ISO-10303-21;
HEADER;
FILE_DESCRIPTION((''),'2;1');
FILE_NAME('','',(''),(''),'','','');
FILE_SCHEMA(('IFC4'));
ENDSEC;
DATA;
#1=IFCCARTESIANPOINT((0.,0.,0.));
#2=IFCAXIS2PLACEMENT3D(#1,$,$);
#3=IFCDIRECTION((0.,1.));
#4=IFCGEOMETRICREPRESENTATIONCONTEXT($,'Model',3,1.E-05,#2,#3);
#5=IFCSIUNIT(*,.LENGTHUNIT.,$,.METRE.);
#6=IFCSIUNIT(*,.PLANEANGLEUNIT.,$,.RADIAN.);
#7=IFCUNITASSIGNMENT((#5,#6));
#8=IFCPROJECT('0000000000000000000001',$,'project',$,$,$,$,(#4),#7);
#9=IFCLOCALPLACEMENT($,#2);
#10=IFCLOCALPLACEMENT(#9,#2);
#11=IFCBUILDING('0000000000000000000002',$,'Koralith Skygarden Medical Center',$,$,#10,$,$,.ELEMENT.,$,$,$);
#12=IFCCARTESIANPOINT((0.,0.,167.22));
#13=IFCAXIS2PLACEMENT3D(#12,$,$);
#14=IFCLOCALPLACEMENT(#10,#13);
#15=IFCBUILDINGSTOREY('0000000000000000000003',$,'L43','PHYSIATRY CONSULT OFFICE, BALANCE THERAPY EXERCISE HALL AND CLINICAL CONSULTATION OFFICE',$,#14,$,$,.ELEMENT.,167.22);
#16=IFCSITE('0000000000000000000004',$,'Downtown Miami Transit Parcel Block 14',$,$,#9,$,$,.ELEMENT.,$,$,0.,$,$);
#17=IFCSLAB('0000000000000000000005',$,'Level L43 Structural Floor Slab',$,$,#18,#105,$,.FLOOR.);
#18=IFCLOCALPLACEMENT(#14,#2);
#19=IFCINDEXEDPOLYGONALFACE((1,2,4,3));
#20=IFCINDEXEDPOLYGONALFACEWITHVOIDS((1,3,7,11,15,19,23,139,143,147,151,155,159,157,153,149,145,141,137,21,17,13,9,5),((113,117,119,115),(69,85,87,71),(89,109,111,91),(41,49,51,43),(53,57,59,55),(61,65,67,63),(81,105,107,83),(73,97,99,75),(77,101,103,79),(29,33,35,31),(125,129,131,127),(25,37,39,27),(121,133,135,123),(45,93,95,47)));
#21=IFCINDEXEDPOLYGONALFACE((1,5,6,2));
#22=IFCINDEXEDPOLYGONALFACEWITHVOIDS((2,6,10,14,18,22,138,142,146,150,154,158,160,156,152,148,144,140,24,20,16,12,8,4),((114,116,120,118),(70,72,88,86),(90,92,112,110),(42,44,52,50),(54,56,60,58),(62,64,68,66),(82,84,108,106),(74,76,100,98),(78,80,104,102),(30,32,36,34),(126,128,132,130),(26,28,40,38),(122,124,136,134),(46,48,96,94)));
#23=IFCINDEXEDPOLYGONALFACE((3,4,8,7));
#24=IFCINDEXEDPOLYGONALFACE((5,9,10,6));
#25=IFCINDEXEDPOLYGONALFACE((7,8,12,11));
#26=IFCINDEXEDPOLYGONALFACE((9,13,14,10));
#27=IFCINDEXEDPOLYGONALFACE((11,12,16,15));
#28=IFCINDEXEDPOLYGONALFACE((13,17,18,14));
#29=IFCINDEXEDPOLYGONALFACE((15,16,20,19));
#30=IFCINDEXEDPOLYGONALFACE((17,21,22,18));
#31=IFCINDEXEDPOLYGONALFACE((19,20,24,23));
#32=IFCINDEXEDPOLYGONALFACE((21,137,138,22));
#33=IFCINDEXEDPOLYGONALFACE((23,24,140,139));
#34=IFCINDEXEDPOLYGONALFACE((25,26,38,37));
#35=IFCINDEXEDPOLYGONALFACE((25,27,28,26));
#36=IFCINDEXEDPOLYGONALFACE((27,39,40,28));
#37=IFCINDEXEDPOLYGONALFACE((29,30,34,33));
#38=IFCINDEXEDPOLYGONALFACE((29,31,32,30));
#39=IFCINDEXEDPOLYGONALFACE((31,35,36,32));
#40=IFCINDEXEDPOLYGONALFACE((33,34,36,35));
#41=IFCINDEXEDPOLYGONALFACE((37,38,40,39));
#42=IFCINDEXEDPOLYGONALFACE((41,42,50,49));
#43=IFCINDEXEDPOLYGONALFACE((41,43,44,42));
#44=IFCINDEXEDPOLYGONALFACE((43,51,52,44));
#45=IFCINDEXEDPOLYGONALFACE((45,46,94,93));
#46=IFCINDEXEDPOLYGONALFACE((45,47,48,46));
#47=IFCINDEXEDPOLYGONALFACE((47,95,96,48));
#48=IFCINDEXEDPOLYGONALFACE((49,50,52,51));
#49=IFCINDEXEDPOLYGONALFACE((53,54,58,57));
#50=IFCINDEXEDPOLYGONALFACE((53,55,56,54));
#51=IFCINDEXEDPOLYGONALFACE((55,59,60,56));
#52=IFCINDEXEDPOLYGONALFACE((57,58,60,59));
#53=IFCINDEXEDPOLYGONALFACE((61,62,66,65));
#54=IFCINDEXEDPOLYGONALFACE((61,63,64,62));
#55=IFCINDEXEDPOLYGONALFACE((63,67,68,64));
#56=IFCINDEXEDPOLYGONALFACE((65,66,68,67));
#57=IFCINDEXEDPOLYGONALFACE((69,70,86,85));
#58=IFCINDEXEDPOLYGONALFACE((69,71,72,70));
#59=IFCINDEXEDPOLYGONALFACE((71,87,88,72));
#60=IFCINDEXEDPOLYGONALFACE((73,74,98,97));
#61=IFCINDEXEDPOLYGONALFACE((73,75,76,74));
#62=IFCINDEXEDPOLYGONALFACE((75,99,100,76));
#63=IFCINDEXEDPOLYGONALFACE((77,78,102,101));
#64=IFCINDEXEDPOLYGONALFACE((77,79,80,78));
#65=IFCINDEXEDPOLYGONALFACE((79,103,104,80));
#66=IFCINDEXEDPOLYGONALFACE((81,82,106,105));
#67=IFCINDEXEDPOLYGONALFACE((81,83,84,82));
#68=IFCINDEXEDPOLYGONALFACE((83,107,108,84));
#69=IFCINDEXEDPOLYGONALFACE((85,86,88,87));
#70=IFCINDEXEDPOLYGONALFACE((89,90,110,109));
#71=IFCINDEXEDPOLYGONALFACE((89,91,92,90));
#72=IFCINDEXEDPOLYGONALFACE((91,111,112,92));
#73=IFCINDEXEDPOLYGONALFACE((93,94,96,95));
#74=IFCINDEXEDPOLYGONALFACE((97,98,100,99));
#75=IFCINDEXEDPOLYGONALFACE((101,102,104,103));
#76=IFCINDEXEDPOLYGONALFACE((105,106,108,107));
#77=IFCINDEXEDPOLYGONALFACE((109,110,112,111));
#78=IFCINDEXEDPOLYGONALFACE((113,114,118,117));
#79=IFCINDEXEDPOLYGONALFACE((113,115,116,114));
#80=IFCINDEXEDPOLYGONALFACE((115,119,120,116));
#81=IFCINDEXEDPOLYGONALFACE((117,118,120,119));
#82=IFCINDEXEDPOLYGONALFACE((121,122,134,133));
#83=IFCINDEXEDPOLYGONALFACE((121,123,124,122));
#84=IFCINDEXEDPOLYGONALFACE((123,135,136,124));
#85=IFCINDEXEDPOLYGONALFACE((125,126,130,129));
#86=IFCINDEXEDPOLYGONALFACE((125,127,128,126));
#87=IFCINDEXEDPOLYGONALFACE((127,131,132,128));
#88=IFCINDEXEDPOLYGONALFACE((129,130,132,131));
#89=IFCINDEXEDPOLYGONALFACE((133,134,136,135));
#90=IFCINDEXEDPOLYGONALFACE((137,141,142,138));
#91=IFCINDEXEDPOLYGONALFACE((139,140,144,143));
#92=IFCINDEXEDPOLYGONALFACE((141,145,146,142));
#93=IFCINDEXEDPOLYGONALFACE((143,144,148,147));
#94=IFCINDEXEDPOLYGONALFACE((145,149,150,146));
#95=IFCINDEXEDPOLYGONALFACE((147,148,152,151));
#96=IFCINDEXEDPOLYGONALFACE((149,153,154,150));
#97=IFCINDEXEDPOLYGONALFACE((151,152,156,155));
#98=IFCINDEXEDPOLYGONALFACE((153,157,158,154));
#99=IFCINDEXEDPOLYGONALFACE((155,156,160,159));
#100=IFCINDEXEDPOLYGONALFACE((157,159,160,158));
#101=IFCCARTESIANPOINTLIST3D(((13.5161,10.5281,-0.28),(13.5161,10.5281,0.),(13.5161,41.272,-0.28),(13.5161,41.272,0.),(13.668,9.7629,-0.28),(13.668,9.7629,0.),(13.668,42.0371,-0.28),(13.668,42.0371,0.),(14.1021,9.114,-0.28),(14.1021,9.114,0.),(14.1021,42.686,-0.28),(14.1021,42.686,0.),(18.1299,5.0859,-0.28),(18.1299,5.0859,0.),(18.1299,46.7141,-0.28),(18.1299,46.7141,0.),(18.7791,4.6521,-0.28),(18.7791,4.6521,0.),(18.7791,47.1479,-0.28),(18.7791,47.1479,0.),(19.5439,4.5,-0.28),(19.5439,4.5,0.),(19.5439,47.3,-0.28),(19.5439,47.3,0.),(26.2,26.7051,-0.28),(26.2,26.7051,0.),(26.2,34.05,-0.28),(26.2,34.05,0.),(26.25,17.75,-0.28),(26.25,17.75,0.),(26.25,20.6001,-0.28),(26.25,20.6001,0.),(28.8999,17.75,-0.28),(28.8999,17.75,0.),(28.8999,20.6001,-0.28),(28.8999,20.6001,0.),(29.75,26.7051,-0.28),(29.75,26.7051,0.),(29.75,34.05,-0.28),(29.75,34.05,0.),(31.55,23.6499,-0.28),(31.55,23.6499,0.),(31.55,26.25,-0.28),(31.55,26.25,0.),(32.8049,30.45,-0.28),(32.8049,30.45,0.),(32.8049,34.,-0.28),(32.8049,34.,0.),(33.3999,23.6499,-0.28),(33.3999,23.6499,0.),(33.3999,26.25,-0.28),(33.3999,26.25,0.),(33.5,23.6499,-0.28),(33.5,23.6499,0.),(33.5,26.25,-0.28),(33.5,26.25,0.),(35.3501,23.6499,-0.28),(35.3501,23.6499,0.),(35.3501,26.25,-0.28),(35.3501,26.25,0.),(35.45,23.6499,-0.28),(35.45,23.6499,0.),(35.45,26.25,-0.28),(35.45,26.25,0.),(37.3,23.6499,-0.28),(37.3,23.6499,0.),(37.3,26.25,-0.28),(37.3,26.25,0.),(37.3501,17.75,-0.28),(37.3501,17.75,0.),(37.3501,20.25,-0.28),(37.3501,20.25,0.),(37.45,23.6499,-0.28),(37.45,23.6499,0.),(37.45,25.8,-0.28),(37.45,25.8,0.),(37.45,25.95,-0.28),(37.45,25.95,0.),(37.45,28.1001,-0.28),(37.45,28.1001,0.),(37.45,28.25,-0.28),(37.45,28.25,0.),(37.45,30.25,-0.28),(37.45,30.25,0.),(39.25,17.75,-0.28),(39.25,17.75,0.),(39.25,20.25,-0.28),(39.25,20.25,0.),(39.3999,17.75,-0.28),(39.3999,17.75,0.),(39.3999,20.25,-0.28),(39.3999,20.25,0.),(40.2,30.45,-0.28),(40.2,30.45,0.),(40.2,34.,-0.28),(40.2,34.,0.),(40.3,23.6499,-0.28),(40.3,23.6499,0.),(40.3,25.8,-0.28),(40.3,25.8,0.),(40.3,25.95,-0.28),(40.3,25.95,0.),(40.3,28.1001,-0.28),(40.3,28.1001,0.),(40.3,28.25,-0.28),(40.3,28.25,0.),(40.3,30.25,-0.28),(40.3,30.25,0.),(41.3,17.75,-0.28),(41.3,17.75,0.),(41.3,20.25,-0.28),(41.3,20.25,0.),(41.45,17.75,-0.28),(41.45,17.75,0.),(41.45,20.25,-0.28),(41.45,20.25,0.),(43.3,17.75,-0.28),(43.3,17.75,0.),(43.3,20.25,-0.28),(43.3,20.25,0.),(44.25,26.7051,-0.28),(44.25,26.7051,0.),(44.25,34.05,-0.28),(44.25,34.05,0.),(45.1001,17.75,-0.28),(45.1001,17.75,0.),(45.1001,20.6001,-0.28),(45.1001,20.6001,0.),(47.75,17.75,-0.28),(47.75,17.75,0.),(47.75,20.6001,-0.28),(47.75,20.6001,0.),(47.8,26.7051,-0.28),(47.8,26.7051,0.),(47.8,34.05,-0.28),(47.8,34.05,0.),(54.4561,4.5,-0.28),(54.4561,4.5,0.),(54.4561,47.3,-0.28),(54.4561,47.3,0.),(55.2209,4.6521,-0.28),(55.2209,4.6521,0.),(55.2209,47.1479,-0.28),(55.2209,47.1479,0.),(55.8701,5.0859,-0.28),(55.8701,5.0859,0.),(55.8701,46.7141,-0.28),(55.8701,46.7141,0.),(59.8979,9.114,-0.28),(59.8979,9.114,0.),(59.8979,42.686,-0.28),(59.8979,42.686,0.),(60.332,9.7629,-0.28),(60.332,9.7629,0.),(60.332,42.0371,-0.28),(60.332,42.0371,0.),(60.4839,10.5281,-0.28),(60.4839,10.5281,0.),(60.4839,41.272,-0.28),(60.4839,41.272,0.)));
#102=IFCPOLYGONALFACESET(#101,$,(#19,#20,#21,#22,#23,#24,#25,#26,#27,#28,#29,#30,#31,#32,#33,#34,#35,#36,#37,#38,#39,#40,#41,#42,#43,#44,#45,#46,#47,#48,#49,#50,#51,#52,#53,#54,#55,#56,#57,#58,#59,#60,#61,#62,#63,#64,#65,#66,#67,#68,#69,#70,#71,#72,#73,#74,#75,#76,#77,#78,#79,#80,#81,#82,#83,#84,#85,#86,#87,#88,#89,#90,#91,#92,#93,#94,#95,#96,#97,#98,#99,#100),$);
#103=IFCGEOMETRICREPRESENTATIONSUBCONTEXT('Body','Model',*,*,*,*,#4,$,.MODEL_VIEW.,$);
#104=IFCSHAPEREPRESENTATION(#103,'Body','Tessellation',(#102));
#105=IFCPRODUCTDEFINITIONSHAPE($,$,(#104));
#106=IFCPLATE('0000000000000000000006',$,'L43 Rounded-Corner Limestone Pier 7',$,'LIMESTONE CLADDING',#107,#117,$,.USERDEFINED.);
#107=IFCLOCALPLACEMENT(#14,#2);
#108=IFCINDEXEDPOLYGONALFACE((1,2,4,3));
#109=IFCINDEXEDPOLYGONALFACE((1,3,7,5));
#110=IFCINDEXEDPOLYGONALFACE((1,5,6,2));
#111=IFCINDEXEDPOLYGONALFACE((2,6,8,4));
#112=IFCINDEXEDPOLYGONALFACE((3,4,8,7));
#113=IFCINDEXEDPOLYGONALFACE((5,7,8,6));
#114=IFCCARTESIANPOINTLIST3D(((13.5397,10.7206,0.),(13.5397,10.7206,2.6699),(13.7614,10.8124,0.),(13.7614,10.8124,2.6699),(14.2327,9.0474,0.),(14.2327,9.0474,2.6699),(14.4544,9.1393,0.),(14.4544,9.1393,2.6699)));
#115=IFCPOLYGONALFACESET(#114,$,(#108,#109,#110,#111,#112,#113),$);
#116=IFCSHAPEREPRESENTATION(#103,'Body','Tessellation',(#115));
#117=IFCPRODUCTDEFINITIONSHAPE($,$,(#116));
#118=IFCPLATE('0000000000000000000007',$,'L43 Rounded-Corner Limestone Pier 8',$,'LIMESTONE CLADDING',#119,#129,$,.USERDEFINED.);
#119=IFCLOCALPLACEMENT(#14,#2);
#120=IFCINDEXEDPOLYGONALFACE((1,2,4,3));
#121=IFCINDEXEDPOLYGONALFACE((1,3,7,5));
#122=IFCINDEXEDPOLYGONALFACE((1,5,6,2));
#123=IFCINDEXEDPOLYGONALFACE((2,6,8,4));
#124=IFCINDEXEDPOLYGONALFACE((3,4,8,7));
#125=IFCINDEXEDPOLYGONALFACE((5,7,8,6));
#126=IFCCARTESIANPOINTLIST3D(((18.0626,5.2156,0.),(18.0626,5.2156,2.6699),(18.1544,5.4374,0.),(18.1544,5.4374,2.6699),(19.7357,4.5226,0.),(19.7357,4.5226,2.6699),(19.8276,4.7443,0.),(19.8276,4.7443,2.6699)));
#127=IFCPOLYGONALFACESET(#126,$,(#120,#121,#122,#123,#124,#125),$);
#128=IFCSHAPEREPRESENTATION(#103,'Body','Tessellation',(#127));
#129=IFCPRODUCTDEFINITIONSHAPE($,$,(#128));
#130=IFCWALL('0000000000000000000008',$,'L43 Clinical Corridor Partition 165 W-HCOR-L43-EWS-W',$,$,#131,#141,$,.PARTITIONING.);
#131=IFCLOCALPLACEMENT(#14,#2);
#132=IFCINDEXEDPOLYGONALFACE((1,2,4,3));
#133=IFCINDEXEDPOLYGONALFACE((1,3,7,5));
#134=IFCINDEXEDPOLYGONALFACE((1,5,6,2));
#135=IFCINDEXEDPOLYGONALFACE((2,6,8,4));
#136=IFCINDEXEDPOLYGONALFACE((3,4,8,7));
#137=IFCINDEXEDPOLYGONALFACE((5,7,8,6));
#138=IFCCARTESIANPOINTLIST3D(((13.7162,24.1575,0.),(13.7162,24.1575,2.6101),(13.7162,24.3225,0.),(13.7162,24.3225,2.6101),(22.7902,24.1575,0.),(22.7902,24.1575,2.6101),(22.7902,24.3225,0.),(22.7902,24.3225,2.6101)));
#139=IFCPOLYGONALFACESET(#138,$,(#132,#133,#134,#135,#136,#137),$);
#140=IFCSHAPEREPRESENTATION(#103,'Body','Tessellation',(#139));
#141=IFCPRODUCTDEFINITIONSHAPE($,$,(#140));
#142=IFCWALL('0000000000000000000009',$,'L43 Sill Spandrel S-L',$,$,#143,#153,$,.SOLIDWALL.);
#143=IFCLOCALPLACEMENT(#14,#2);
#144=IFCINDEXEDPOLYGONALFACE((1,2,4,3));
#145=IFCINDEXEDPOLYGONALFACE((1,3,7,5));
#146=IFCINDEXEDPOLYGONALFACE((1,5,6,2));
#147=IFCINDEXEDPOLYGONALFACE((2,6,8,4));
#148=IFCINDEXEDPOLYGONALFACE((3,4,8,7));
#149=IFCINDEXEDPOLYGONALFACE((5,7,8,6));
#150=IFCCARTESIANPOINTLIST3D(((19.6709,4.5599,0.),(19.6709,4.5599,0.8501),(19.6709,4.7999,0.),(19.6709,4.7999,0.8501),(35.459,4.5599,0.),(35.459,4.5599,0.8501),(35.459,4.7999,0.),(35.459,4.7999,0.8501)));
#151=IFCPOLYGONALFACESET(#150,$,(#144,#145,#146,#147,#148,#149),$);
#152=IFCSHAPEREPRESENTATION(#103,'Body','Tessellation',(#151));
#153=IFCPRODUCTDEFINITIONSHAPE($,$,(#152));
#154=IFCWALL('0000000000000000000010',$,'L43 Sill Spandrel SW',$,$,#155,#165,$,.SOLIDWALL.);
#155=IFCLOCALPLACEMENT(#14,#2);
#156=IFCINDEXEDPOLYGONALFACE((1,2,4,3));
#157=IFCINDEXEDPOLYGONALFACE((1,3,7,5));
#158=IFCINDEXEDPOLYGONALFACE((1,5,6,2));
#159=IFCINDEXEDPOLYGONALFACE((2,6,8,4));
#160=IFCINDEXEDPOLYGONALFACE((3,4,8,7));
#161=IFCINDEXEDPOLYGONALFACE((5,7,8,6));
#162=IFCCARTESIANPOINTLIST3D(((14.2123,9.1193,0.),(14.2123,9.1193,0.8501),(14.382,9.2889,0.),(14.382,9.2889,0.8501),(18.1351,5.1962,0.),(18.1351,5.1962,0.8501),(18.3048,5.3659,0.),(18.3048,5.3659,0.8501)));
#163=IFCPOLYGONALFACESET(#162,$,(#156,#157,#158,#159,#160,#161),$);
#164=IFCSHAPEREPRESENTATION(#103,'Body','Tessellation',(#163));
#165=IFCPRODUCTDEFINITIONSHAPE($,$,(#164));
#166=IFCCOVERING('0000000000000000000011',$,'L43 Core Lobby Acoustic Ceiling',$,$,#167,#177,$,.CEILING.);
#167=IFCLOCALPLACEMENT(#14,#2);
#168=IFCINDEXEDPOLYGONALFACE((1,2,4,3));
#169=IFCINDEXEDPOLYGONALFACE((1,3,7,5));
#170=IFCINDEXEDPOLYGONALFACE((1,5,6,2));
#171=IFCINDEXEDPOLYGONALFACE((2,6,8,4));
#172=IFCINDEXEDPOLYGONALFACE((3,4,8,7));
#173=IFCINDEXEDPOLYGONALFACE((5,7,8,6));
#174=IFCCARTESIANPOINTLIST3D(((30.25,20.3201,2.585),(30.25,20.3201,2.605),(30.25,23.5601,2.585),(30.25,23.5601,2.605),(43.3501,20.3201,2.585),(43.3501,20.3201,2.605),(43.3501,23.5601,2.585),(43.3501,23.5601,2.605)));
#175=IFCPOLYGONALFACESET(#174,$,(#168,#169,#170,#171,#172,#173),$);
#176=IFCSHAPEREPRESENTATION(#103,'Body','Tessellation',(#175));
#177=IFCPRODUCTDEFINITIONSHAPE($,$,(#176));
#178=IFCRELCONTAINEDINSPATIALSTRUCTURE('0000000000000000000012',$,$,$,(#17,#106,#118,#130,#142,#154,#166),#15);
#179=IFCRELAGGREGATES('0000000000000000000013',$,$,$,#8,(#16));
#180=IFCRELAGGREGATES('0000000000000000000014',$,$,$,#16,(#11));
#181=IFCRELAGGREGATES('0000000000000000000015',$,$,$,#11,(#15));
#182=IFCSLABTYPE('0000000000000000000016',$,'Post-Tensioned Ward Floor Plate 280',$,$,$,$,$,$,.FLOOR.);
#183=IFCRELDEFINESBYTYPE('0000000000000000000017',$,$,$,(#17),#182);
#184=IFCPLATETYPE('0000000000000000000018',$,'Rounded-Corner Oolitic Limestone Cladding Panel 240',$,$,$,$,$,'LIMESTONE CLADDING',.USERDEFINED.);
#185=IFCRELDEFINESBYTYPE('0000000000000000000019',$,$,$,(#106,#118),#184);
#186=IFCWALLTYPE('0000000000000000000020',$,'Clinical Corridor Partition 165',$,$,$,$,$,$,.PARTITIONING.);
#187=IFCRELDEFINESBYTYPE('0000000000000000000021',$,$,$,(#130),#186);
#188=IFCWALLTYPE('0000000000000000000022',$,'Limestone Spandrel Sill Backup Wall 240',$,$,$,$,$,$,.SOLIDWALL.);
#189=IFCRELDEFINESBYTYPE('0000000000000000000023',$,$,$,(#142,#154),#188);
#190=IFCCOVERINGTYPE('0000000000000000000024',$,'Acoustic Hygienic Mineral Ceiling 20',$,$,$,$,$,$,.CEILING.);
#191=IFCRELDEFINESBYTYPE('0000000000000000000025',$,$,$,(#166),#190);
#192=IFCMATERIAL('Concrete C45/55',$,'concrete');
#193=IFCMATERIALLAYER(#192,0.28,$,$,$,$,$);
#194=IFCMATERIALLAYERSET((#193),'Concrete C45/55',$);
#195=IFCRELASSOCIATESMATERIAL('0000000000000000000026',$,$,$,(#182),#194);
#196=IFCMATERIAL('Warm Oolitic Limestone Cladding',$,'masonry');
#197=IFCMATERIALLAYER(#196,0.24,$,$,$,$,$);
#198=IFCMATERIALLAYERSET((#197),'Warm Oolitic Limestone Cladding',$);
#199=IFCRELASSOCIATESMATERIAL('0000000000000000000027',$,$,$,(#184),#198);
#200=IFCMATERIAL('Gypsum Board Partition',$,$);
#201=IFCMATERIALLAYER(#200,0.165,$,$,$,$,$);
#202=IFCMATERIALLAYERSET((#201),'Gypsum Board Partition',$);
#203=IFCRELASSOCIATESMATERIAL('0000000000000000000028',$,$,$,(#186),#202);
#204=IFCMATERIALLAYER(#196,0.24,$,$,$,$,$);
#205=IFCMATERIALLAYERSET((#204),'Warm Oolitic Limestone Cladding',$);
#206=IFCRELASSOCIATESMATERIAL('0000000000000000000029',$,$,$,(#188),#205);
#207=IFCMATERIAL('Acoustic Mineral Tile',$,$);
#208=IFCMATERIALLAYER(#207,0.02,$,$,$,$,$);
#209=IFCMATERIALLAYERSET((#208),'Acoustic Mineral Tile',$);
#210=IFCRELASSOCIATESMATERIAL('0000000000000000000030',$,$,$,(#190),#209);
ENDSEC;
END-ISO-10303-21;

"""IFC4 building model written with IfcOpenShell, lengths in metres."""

from ifc_helpers import new_model, si_unit, direction, frame, frame_2d, origin, origin_2d, place, context, subcontext, project, spatial, polyline, rectangle, outline, extrude, material, layer, layer_set, type_object, element, save


model = new_model("IFC4")

# Units and contexts
model_context = context("Model", 3, precision=1e-05, world=origin(), true_north=direction((0.0, 1.0)))
body_context = subcontext(model_context, "Body", "Model", "MODEL_VIEW")
ifc_project = project(units=[si_unit("LENGTHUNIT", "METRE"), si_unit("PLANEANGLEUNIT", "RADIAN")], contexts=[model_context])

# Site, building, storey
site_placement = place(None, origin())
site = spatial("IfcSite", under=ifc_project, at=site_placement, Name="Downtown Miami Transit Parcel Block 14", CompositionType="ELEMENT", RefElevation=0.0)
building_placement = place(site_placement, origin())
building = spatial("IfcBuilding", under=site, at=building_placement, Name="Koralith Skygarden Medical Center", CompositionType="ELEMENT")
storey_placement = place(building_placement, frame((0.0, 0.0, 167.22)))
storey = spatial("IfcBuildingStorey", under=building, at=storey_placement, Name="L43", Description="PHYSIATRY CONSULT OFFICE, BALANCE THERAPY EXERCISE HALL AND CLINICAL CONSULTATION OFFICE", CompositionType="ELEMENT", Elevation=167.22)

# Shared definitions
ifc_material_1 = material(Name="Concrete C45/55", Category="concrete")

# Slab
ifc_layer_1 = layer(ifc_material_1, 0.28)
ifc_layer_set_1 = layer_set([ifc_layer_1], Name="Concrete C45/55")
slab_type_1 = type_object("IfcSlabType", Name="Post-Tensioned Ward Floor Plate 280", PredefinedType="FLOOR", material=ifc_layer_set_1)
slab_1_placement = place(storey_placement, frame((0.0, 0.0, -0.28)))
element("IfcSlab", 1, at=slab_1_placement, inside=storey, type_object=slab_type_1, Name="Level L43 Structural Floor Slab", PredefinedType="FLOOR", context=body_context, shape_type="SweptSolid", body=[
    extrude(outline(polyline([(18.1299, 5.0859), (18.7791, 4.6521), (19.5439, 4.5), (54.4561, 4.5), (55.2209, 4.6521), (55.8701, 5.0859), (59.8979, 9.114), (60.332, 9.7629), (60.4839, 10.5281), (60.4839, 41.272), (60.332, 42.0371), (59.8979, 42.686), (55.8701, 46.7141), (55.2209, 47.1479), (54.4561, 47.3), (19.5439, 47.3), (18.7791, 47.1479), (18.1299, 46.7141), (14.1021, 42.686), (13.668, 42.0371), (13.5161, 41.272), (13.5161, 10.5281), (13.668, 9.7629), (14.1021, 9.114), (18.1299, 5.0859)]), holes=[polyline([(26.2, 26.7051), (29.75, 26.7051), (29.75, 34.05), (26.2, 34.05), (26.2, 26.7051)]), polyline([(44.25, 26.7051), (47.8, 26.7051), (47.8, 34.05), (44.25, 34.05), (44.25, 26.7051)]), polyline([(32.8049, 30.45), (40.2, 30.45), (40.2, 34.0), (32.8049, 34.0), (32.8049, 30.45)]), polyline([(26.25, 17.75), (28.8999, 17.75), (28.8999, 20.6001), (26.25, 20.6001), (26.25, 17.75)]), polyline([(45.1001, 17.75), (47.75, 17.75), (47.75, 20.6001), (45.1001, 20.6001), (45.1001, 17.75)]), polyline([(37.3501, 17.75), (39.25, 17.75), (39.25, 20.25), (37.3501, 20.25), (37.3501, 17.75)]), polyline([(39.3999, 17.75), (41.3, 17.75), (41.3, 20.25), (39.3999, 20.25), (39.3999, 17.75)]), polyline([(41.45, 17.75), (43.3, 17.75), (43.3, 20.25), (41.45, 20.25), (41.45, 17.75)]), polyline([(31.55, 23.6499), (33.3999, 23.6499), (33.3999, 26.25), (31.55, 26.25), (31.55, 23.6499)]), polyline([(33.5, 23.6499), (35.3501, 23.6499), (35.3501, 26.25), (33.5, 26.25), (33.5, 23.6499)]), polyline([(35.45, 23.6499), (37.3, 23.6499), (37.3, 26.25), (35.45, 26.25), (35.45, 23.6499)]), polyline([(37.45, 23.6499), (40.3, 23.6499), (40.3, 25.8), (37.45, 25.8), (37.45, 23.6499)]), polyline([(37.45, 25.95), (40.3, 25.95), (40.3, 28.1001), (37.45, 28.1001), (37.45, 25.95)]), polyline([(37.45, 28.25), (40.3, 28.25), (40.3, 30.25), (37.45, 30.25), (37.45, 28.25)])]), origin(), (0.0, 0.0, 1.0), 0.28),
])

# Plates
ifc_material_2 = material(Name="Warm Oolitic Limestone Cladding", Category="masonry")
ifc_layer_2 = layer(ifc_material_2, 0.24)
ifc_layer_set_2 = layer_set([ifc_layer_2], Name="Warm Oolitic Limestone Cladding")
plate_type_1 = type_object("IfcPlateType", Name="Rounded-Corner Oolitic Limestone Cladding Panel 240", ElementType="LIMESTONE CLADDING", PredefinedType="USERDEFINED", material=ifc_layer_set_2)
for number, where, z_axis, x_axis, name in (
    (2, (13.9971, 9.9299, 0.0), (0.0, 0.0, 1.0), (0.382671, -0.923885, 0.0), "L43 Rounded-Corner Limestone Pier 7"),
    (3, (18.9451, 4.98, 0.0), (0.0, 0.0, 1.0), (0.923885, -0.382671, 0.0), "L43 Rounded-Corner Limestone Pier 8"),
):
    element("IfcPlate", number, at=place(storey_placement, frame(where, z_axis=z_axis, x_axis=x_axis)), inside=storey, type_object=plate_type_1, Name=name, ObjectType="LIMESTONE CLADDING", PredefinedType="USERDEFINED", context=body_context, shape_type="SweptSolid", body=[
        extrude(rectangle(XDim=1.811, YDim=0.24, at=origin_2d()), origin(), (0.0, 0.0, 1.0), 2.6699),
    ])

# Walls
ifc_material_3 = material(Name="Gypsum Board Partition")
ifc_layer_3 = layer(ifc_material_3, 0.165)
ifc_layer_set_3 = layer_set([ifc_layer_3], Name="Gypsum Board Partition")
wall_type_1 = type_object("IfcWallType", Name="Clinical Corridor Partition 165", PredefinedType="PARTITIONING", material=ifc_layer_set_3)
wall_1_placement = place(storey_placement, frame((13.7161, 24.24, 0.0), z_axis=(0.0, 0.0, 1.0), x_axis=(1.0, 0.0, 0.0)))
element("IfcWall", 4, at=wall_1_placement, inside=storey, type_object=wall_type_1, Name="L43 Clinical Corridor Partition 165 W-HCOR-L43-EWS-W", PredefinedType="PARTITIONING", context=body_context, shape_type="SweptSolid", body=[
    extrude(rectangle(XDim=9.074, YDim=0.165, at=frame_2d((4.5371, 0.0))), origin(), (0.0, 0.0, 1.0), 2.6101),
])
ifc_layer_4 = layer(ifc_material_2, 0.24)
ifc_layer_set_4 = layer_set([ifc_layer_4], Name="Warm Oolitic Limestone Cladding")
wall_type_2 = type_object("IfcWallType", Name="Limestone Spandrel Sill Backup Wall 240", PredefinedType="SOLIDWALL", material=ifc_layer_set_4)
wall_2_placement = place(storey_placement, frame((19.6709, 4.6799, 0.0), z_axis=(0.0, 0.0, 1.0), x_axis=(1.0, 0.0, 0.0)))
element("IfcWall", 5, at=wall_2_placement, inside=storey, type_object=wall_type_2, Name="L43 Sill Spandrel S-L", PredefinedType="SOLIDWALL", context=body_context, shape_type="SweptSolid", body=[
    extrude(rectangle(XDim=15.7881, YDim=0.24, at=frame_2d((7.894, 0.0))), origin(), (0.0, 0.0, 1.0), 0.8501),
])
wall_3_placement = place(storey_placement, frame((14.2971, 9.2041, 0.0), z_axis=(0.0, 0.0, 1.0), x_axis=(0.707085, -0.707129, 0.0)))
element("IfcWall", 6, at=wall_3_placement, inside=storey, type_object=wall_type_2, Name="L43 Sill Spandrel SW", PredefinedType="SOLIDWALL", context=body_context, shape_type="SweptSolid", body=[
    extrude(rectangle(XDim=5.5479, YDim=0.24, at=frame_2d((2.7739, 0.0))), origin(), (0.0, 0.0, 1.0), 0.8501),
])

# Covering
ifc_material_4 = material(Name="Acoustic Mineral Tile")
ifc_layer_5 = layer(ifc_material_4, 0.02)
ifc_layer_set_5 = layer_set([ifc_layer_5], Name="Acoustic Mineral Tile")
covering_type_1 = type_object("IfcCoveringType", Name="Acoustic Hygienic Mineral Ceiling 20", PredefinedType="CEILING", material=ifc_layer_set_5)
covering_1_placement = place(storey_placement, frame((0.0, 0.0, 2.585)))
element("IfcCovering", 7, at=covering_1_placement, inside=storey, type_object=covering_type_1, Name="L43 Core Lobby Acoustic Ceiling", PredefinedType="CEILING", context=body_context, shape_type="SweptSolid", body=[
    extrude(outline(polyline([(30.25, 20.3201), (43.3501, 20.3201), (43.3501, 23.5601), (30.25, 23.5601), (30.25, 20.3201)])), origin(), (0.0, 0.0, 1.0), 0.02),
])

save(model, "model.ifc")
